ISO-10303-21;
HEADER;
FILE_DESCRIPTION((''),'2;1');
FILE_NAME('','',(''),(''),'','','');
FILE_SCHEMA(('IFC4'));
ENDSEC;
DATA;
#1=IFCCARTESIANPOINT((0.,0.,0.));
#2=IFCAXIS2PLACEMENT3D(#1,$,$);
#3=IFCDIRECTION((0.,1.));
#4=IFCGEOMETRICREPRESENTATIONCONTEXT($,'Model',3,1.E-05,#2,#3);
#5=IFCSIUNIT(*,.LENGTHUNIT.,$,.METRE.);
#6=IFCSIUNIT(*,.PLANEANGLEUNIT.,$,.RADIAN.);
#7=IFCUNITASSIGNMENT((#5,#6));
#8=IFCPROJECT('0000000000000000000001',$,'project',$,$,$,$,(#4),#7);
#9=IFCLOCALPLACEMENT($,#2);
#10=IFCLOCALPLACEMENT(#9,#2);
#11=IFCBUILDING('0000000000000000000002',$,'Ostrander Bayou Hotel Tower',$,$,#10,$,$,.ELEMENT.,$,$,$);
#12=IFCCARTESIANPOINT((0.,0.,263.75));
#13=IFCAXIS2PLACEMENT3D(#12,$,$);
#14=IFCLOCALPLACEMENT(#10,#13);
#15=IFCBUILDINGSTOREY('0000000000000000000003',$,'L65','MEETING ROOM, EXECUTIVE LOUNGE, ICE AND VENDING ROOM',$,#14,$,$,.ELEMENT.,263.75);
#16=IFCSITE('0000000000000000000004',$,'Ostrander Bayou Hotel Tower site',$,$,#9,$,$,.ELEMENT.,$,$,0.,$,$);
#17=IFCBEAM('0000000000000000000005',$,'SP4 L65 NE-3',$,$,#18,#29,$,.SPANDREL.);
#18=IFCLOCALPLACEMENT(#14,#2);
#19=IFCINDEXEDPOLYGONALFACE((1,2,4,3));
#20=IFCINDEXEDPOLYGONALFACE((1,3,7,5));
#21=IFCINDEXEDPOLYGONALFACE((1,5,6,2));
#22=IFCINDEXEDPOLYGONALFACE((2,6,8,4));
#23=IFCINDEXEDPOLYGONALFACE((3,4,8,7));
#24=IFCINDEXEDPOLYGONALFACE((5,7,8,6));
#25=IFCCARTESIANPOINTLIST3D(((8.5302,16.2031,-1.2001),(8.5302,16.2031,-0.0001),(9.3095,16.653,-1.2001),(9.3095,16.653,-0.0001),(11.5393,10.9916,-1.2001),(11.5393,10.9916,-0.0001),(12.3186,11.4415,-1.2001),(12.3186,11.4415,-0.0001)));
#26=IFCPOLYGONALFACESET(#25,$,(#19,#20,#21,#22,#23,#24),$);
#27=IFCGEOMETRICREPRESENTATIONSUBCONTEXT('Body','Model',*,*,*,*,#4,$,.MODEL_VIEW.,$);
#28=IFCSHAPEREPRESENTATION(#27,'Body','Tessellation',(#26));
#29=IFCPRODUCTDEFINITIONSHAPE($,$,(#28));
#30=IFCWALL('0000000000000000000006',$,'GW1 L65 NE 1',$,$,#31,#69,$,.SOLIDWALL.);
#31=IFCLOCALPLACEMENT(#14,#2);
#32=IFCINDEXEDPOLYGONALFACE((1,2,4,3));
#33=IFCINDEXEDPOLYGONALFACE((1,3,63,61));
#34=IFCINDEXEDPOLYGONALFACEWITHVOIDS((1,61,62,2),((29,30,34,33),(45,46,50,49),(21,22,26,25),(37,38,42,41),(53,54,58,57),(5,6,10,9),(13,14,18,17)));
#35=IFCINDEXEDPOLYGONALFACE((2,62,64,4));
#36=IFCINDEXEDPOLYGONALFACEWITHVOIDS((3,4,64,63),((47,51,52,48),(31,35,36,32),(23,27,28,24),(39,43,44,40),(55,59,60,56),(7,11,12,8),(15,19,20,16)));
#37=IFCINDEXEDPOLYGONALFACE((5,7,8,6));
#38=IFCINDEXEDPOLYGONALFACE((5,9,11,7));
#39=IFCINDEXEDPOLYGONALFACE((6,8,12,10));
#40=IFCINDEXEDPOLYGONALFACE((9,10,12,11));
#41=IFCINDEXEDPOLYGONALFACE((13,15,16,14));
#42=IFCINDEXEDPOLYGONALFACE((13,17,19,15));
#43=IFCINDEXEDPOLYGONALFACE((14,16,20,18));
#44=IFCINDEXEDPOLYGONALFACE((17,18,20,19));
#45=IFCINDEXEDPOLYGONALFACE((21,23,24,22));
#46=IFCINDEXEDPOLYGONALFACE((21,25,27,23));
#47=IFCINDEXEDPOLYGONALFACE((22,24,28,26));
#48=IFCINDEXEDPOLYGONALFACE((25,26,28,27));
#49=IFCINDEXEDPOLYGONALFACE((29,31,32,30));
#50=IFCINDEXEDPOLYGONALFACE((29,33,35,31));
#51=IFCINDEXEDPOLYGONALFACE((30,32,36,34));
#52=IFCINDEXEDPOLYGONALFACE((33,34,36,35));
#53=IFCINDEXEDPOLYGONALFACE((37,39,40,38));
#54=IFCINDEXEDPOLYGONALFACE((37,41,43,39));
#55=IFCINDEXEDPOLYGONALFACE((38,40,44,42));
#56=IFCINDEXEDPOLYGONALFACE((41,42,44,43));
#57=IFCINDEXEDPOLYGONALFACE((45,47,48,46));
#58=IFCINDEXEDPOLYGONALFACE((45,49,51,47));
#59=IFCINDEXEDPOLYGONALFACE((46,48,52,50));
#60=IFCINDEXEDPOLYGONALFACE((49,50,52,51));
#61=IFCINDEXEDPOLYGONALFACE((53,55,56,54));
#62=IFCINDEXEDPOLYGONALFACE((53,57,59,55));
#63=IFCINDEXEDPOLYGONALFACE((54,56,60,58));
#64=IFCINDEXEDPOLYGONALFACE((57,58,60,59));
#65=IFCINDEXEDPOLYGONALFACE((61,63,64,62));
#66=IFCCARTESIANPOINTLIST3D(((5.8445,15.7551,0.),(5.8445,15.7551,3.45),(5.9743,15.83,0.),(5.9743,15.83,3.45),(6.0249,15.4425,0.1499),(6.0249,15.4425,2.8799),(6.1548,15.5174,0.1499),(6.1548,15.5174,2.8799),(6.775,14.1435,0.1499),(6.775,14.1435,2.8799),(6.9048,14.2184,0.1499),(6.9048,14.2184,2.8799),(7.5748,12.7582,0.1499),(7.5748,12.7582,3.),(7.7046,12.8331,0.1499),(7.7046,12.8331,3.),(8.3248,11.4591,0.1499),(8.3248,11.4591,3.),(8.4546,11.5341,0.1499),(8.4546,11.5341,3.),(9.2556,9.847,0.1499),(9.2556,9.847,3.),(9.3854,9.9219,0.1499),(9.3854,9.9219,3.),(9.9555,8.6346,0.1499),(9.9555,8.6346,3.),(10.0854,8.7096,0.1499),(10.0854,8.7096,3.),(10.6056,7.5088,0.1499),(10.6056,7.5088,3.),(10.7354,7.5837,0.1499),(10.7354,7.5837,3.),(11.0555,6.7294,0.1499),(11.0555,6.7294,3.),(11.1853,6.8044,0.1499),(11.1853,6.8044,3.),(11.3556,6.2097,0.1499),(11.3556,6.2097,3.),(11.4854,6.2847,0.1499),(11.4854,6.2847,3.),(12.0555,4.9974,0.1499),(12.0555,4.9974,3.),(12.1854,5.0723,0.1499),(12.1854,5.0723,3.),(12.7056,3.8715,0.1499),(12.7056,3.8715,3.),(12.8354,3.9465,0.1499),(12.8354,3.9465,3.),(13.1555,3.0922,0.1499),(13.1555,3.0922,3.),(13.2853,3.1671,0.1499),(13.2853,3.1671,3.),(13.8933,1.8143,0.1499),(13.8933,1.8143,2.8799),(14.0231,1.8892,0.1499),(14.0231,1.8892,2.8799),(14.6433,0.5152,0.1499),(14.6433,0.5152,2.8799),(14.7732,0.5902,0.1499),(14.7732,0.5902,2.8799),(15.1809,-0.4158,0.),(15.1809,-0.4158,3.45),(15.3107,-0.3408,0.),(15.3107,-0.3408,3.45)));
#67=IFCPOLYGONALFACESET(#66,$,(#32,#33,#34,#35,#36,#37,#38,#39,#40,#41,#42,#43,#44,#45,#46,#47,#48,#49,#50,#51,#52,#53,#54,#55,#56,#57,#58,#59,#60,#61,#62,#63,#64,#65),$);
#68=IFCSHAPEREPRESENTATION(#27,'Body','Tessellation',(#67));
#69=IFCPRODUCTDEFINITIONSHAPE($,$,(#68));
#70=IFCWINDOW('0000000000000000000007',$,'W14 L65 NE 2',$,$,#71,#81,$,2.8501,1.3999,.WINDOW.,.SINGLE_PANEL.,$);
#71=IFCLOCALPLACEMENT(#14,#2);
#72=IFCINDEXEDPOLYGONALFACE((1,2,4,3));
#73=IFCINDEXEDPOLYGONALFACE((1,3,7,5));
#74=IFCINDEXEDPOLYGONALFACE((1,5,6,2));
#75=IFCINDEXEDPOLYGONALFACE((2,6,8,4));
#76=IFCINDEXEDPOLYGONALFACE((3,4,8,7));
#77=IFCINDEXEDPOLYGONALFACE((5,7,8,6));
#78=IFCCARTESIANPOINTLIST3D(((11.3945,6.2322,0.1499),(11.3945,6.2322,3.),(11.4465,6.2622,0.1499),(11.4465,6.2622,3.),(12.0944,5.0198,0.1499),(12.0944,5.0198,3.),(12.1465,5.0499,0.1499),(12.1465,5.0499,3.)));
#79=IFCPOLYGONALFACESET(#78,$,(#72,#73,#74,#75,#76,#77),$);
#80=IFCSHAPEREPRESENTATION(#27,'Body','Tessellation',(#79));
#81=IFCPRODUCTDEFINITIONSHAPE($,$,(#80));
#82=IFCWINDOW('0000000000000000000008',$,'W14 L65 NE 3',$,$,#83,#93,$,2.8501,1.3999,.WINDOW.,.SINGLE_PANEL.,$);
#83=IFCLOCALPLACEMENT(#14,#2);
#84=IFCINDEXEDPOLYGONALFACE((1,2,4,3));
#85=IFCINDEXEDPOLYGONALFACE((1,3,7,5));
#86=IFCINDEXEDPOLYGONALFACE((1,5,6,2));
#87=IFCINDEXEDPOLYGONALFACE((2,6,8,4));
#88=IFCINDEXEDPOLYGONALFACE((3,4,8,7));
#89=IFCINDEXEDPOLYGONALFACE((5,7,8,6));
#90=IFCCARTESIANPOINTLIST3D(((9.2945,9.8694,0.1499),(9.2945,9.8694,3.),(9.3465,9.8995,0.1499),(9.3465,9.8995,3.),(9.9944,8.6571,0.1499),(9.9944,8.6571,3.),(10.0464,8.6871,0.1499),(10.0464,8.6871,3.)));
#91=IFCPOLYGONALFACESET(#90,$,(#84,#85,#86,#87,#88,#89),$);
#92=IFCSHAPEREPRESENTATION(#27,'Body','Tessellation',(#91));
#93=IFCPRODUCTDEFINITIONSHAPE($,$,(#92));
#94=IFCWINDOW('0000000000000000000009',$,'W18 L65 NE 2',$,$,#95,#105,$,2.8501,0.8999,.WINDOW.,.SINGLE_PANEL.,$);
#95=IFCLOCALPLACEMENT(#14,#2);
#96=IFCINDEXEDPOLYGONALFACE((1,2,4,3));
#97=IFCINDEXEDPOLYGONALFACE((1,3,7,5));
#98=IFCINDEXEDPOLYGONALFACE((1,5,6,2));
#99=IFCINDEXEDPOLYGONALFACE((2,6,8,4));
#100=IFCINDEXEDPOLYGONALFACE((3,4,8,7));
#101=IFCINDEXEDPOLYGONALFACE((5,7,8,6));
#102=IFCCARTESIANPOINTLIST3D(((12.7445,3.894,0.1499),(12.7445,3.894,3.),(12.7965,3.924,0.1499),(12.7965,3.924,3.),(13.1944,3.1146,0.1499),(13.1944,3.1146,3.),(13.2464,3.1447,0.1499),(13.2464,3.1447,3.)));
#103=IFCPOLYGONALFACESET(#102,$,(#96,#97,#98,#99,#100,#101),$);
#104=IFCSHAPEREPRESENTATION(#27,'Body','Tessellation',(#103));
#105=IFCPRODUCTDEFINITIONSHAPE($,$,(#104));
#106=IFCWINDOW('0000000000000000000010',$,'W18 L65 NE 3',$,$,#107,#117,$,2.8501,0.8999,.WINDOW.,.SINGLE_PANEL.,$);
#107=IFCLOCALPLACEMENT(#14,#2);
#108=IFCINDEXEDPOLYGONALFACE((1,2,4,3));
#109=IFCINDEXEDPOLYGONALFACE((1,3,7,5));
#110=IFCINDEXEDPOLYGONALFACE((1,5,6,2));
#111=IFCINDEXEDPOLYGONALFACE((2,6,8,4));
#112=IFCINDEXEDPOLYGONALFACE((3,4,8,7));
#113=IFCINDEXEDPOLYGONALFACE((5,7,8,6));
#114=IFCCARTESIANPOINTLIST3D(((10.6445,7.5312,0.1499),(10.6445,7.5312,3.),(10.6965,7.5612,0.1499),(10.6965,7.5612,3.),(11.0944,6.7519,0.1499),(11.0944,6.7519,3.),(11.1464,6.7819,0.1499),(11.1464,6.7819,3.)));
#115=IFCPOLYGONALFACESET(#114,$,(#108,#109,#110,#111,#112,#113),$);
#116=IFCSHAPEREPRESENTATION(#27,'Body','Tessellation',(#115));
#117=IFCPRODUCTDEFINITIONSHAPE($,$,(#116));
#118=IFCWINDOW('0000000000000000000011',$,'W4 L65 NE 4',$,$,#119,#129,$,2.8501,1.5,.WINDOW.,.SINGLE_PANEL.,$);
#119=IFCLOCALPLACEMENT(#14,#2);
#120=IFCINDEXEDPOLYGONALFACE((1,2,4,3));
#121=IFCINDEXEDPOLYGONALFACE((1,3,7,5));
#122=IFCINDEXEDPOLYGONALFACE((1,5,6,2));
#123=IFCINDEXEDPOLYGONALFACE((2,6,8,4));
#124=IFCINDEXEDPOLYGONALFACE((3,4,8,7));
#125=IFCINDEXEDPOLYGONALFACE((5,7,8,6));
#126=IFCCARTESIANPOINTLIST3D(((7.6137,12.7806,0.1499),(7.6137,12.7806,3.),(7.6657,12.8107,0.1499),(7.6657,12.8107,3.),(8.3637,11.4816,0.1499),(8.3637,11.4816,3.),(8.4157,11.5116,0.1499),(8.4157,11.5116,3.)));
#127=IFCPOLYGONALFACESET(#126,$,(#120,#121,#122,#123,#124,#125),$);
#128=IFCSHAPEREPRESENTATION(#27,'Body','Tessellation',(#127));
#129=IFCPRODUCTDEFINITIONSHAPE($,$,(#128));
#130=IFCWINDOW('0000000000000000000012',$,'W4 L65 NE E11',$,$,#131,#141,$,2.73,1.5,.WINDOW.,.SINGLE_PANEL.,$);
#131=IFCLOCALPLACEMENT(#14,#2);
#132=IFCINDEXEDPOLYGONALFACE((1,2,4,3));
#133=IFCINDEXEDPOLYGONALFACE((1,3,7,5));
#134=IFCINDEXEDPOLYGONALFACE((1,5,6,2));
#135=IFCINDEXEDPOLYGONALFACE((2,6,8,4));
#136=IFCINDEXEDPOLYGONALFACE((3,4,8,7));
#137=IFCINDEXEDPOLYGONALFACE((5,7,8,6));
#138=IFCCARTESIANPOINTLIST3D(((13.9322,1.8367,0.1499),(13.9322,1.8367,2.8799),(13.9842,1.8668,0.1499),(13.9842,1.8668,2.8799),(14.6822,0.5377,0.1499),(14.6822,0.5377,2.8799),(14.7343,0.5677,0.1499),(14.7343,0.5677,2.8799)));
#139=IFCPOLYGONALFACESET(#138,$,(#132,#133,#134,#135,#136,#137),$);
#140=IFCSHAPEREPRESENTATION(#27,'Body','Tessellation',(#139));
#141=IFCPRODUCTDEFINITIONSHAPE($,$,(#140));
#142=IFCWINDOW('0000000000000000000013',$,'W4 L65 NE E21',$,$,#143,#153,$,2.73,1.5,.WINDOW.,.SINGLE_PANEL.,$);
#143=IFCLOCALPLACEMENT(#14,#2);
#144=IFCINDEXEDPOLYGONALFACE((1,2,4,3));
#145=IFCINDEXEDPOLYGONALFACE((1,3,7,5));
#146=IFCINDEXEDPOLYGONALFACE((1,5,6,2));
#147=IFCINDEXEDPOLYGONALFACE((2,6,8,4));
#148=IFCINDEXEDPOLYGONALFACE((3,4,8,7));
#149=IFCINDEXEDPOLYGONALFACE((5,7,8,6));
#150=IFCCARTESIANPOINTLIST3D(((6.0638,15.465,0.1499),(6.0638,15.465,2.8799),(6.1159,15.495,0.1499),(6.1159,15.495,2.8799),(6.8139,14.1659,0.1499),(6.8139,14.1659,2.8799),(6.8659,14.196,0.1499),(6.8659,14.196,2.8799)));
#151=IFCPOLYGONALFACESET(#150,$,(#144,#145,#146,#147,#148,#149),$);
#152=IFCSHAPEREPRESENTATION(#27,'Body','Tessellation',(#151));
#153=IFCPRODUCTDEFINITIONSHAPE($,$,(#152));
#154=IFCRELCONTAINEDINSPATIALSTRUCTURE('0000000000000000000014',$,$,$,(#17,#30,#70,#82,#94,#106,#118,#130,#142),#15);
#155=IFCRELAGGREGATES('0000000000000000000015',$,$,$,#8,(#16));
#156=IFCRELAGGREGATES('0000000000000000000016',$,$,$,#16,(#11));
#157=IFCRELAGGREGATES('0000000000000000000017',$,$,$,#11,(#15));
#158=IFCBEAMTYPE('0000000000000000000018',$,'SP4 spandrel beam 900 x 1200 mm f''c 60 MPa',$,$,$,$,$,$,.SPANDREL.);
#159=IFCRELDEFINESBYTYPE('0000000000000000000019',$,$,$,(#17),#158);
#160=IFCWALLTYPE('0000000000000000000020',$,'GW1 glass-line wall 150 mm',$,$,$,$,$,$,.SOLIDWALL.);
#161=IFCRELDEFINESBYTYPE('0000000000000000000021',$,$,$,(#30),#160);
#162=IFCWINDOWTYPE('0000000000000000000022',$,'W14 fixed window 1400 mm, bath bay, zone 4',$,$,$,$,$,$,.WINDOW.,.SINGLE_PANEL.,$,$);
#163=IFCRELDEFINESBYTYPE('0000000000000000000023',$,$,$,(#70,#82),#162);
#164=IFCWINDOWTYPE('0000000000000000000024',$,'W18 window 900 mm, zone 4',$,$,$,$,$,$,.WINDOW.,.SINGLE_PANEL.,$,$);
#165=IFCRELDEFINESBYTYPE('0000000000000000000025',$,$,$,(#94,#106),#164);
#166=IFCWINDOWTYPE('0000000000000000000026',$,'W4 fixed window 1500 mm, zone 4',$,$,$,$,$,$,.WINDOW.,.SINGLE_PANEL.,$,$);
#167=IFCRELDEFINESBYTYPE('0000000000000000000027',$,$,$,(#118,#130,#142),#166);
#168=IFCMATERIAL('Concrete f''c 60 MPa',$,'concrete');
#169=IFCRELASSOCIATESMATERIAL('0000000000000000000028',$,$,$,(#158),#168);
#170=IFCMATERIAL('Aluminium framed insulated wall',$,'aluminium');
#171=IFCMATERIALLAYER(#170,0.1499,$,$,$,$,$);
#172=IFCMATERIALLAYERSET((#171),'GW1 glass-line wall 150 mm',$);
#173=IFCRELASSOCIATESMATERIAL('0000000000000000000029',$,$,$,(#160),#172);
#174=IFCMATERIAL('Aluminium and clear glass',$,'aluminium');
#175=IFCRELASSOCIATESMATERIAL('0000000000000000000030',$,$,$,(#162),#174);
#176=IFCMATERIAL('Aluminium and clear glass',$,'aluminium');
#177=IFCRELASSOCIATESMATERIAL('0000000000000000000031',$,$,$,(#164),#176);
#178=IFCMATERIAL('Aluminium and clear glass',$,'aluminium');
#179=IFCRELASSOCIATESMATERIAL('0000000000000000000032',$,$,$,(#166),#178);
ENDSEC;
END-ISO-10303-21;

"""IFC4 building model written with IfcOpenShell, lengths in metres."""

from ifc_helpers import new_model, si_unit, direction, frame, frame_2d, origin, origin_2d, place, context, subcontext, project, spatial, rectangle, extrude, material, layer, layer_set, material_profile, profile_set, type_object, element, fill, save


model = new_model("IFC4")

# Units and contexts
model_context = context("Model", 3, precision=1e-05, world=origin(), true_north=direction((0.0, 1.0)))
body_context = subcontext(model_context, "Body", "Model", "MODEL_VIEW")
ifc_project = project(units=[si_unit("LENGTHUNIT", "METRE"), si_unit("PLANEANGLEUNIT", "RADIAN")], contexts=[model_context])

# Site, building, storey
site_placement = place(None, origin())
site = spatial("IfcSite", under=ifc_project, at=site_placement, Name="Ostrander Bayou Hotel Tower site", CompositionType="ELEMENT", RefElevation=0.0)
building_placement = place(site_placement, origin())
building = spatial("IfcBuilding", under=site, at=building_placement, Name="Ostrander Bayou Hotel Tower", CompositionType="ELEMENT")
storey_placement = place(building_placement, frame((0.0, 0.0, 263.75)))
storey = spatial("IfcBuildingStorey", under=building, at=storey_placement, Name="L65", Description="MEETING ROOM, EXECUTIVE LOUNGE, ICE AND VENDING ROOM", CompositionType="ELEMENT", Elevation=263.75)

# Beam
ifc_material_1 = material(Name="Concrete f'c 60 MPa", Category="concrete")
ifc_material_profile_1 = material_profile(ifc_material_1, rectangle(XDim=0.8999, YDim=1.2, at=origin_2d()))
ifc_profile_set_1 = profile_set([ifc_material_profile_1], Name="Concrete f'c 60 MPa")
beam_type_1 = type_object("IfcBeamType", Name="SP4 spandrel beam 900 x 1200 mm f'c 60 MPa", PredefinedType="SPANDREL", material=ifc_profile_set_1)
beam_1_placement = place(storey_placement, frame((11.929, 11.2166, -0.6001), z_axis=(-0.500027, 0.86601, 0.0), x_axis=(-0.86601, -0.500027, 0.0)))
element("IfcBeam", 1, at=beam_1_placement, inside=storey, type_object=beam_type_1, Name="SP4 L65 NE-3", PredefinedType="SPANDREL", context=body_context, shape_type="SweptSolid", body=[
    extrude(rectangle(XDim=0.8999, YDim=1.2, at=origin_2d()), origin(), (0.0, 0.0, 1.0), 6.0178),
])

# Wall, openings, windows
ifc_material_2 = material(Name="Aluminium framed insulated wall", Category="aluminium")
ifc_layer_1 = layer(ifc_material_2, 0.1499)
ifc_layer_set_1 = layer_set([ifc_layer_1], Name="GW1 glass-line wall 150 mm")
wall_type_1 = type_object("IfcWallType", Name="GW1 glass-line wall 150 mm", PredefinedType="SOLIDWALL", material=ifc_layer_set_1)
wall_1_placement = place(storey_placement, frame((15.2458, -0.3784, 0.0), z_axis=(0.0, 0.0, 1.0), x_axis=(-0.500006, 0.866022, 0.0)))
wall_1 = element("IfcWall", 2, at=wall_1_placement, inside=storey, type_object=wall_type_1, Name="GW1 L65 NE 1", PredefinedType="SOLIDWALL", context=body_context, shape_type="SweptSolid", body=[
    extrude(rectangle(XDim=18.6726, YDim=0.1499, at=frame_2d((9.3364, 0.0))), origin(), (0.0, 0.0, 1.0), 3.45),
])
opening_1_placement = place(wall_1_placement, frame((4.0508, 0.0, 0.1499)))
opening_1 = element("IfcOpeningElement", 3, at=opening_1_placement, cuts=wall_1, PredefinedType="OPENING", context=body_context, shape_type="SweptSolid", body=[
    extrude(rectangle(XDim=0.8999, YDim=2.8501, at=frame_2d((0.45, 1.425))), frame((0.0, 0.075, 0.0), z_axis=(0.0, -1.0, 0.0), x_axis=(1.0, 0.0, 0.0)), (0.0, 0.0, 1.0), 0.1499),
])
opening_2_placement = place(wall_1_placement, frame((6.2507, 0.0, 0.1499)))
opening_2 = element("IfcOpeningElement", 4, at=opening_2_placement, cuts=wall_1, PredefinedType="OPENING", context=body_context, shape_type="SweptSolid", body=[
    extrude(rectangle(XDim=1.3999, YDim=2.8501, at=frame_2d((0.7, 1.425))), frame((0.0, 0.075, 0.0), z_axis=(0.0, -1.0, 0.0), x_axis=(1.0, 0.0, 0.0)), (0.0, 0.0, 1.0), 0.1499),
])
opening_3_placement = place(wall_1_placement, frame((8.2507, 0.0, 0.1499)))
opening_3 = element("IfcOpeningElement", 5, at=opening_3_placement, cuts=wall_1, PredefinedType="OPENING", context=body_context, shape_type="SweptSolid", body=[
    extrude(rectangle(XDim=0.8999, YDim=2.8501, at=frame_2d((0.45, 1.425))), frame((0.0, 0.075, 0.0), z_axis=(0.0, -1.0, 0.0), x_axis=(1.0, 0.0, 0.0)), (0.0, 0.0, 1.0), 0.1499),
])
opening_4_placement = place(wall_1_placement, frame((10.4507, 0.0, 0.1499)))
opening_4 = element("IfcOpeningElement", 6, at=opening_4_placement, cuts=wall_1, PredefinedType="OPENING", context=body_context, shape_type="SweptSolid", body=[
    extrude(rectangle(XDim=1.3999, YDim=2.8501, at=frame_2d((0.7, 1.425))), frame((0.0, 0.075, 0.0), z_axis=(0.0, -1.0, 0.0), x_axis=(1.0, 0.0, 0.0)), (0.0, 0.0, 1.0), 0.1499),
])
opening_5_placement = place(wall_1_placement, frame((13.7122, 0.0, 0.1499)))
opening_5 = element("IfcOpeningElement", 7, at=opening_5_placement, cuts=wall_1, PredefinedType="OPENING", context=body_context, shape_type="SweptSolid", body=[
    extrude(rectangle(XDim=1.5, YDim=2.8501, at=frame_2d((0.75, 1.425))), frame((0.0, 0.075, 0.0), z_axis=(0.0, -1.0, 0.0), x_axis=(1.0, 0.0, 0.0)), (0.0, 0.0, 1.0), 0.1499),
])
opening_6_placement = place(wall_1_placement, frame((1.0752, 0.0, 0.1499)))
opening_6 = element("IfcOpeningElement", 8, at=opening_6_placement, cuts=wall_1, PredefinedType="OPENING", context=body_context, shape_type="SweptSolid", body=[
    extrude(rectangle(XDim=1.5, YDim=2.73, at=frame_2d((0.75, 1.365))), frame((0.0, 0.075, 0.0), z_axis=(0.0, -1.0, 0.0), x_axis=(1.0, 0.0, 0.0)), (0.0, 0.0, 1.0), 0.1499),
])
opening_7_placement = place(wall_1_placement, frame((16.8118, 0.0, 0.1499)))
opening_7 = element("IfcOpeningElement", 9, at=opening_7_placement, cuts=wall_1, PredefinedType="OPENING", context=body_context, shape_type="SweptSolid", body=[
    extrude(rectangle(XDim=1.5, YDim=2.73, at=frame_2d((0.75, 1.365))), frame((0.0, 0.075, 0.0), z_axis=(0.0, -1.0, 0.0), x_axis=(1.0, 0.0, 0.0)), (0.0, 0.0, 1.0), 0.1499),
])
ifc_material_3 = material(Name="Aluminium and clear glass", Category="aluminium")
window_type_1 = type_object("IfcWindowType", Name="W14 fixed window 1400 mm, bath bay, zone 4", PartitioningType="SINGLE_PANEL", PredefinedType="WINDOW", material=ifc_material_3)
window_1_placement = place(opening_2_placement, origin())
window_1 = element("IfcWindow", 10, at=window_1_placement, inside=storey, type_object=window_type_1, Name="W14 L65 NE 2", OverallHeight=2.8501, OverallWidth=1.3999, PartitioningType="SINGLE_PANEL", PredefinedType="WINDOW", context=body_context, shape_type="SweptSolid", body=[
    extrude(rectangle(XDim=1.3999, YDim=2.8501, at=frame_2d((0.7, 1.425))), frame((0.0, 0.03, 0.0), z_axis=(0.0, -1.0, 0.0), x_axis=(1.0, 0.0, 0.0)), (0.0, 0.0, 1.0), 0.0601),
])
fill(opening_2, window_1)
window_2_placement = place(opening_4_placement, origin())
window_2 = element("IfcWindow", 11, at=window_2_placement, inside=storey, type_object=window_type_1, Name="W14 L65 NE 3", OverallHeight=2.8501, OverallWidth=1.3999, PartitioningType="SINGLE_PANEL", PredefinedType="WINDOW", context=body_context, shape_type="SweptSolid", body=[
    extrude(rectangle(XDim=1.3999, YDim=2.8501, at=frame_2d((0.7, 1.425))), frame((0.0, 0.03, 0.0), z_axis=(0.0, -1.0, 0.0), x_axis=(1.0, 0.0, 0.0)), (0.0, 0.0, 1.0), 0.0601),
])
fill(opening_4, window_2)
ifc_material_4 = material(Name="Aluminium and clear glass", Category="aluminium")
window_type_2 = type_object("IfcWindowType", Name="W18 window 900 mm, zone 4", PartitioningType="SINGLE_PANEL", PredefinedType="WINDOW", material=ifc_material_4)
window_3_placement = place(opening_1_placement, origin())
window_3 = element("IfcWindow", 12, at=window_3_placement, inside=storey, type_object=window_type_2, Name="W18 L65 NE 2", OverallHeight=2.8501, OverallWidth=0.8999, PartitioningType="SINGLE_PANEL", PredefinedType="WINDOW", context=body_context, shape_type="SweptSolid", body=[
    extrude(rectangle(XDim=0.8999, YDim=2.8501, at=frame_2d((0.45, 1.425))), frame((0.0, 0.03, 0.0), z_axis=(0.0, -1.0, 0.0), x_axis=(1.0, 0.0, 0.0)), (0.0, 0.0, 1.0), 0.0601),
])
fill(opening_1, window_3)
window_4_placement = place(opening_3_placement, origin())
window_4 = element("IfcWindow", 13, at=window_4_placement, inside=storey, type_object=window_type_2, Name="W18 L65 NE 3", OverallHeight=2.8501, OverallWidth=0.8999, PartitioningType="SINGLE_PANEL", PredefinedType="WINDOW", context=body_context, shape_type="SweptSolid", body=[
    extrude(rectangle(XDim=0.8999, YDim=2.8501, at=frame_2d((0.45, 1.425))), frame((0.0, 0.03, 0.0), z_axis=(0.0, -1.0, 0.0), x_axis=(1.0, 0.0, 0.0)), (0.0, 0.0, 1.0), 0.0601),
])
fill(opening_3, window_4)
ifc_material_5 = material(Name="Aluminium and clear glass", Category="aluminium")
window_type_3 = type_object("IfcWindowType", Name="W4 fixed window 1500 mm, zone 4", PartitioningType="SINGLE_PANEL", PredefinedType="WINDOW", material=ifc_material_5)
window_5_placement = place(opening_5_placement, origin())
window_5 = element("IfcWindow", 14, at=window_5_placement, inside=storey, type_object=window_type_3, Name="W4 L65 NE 4", OverallHeight=2.8501, OverallWidth=1.5, PartitioningType="SINGLE_PANEL", PredefinedType="WINDOW", context=body_context, shape_type="SweptSolid", body=[
    extrude(rectangle(XDim=1.5, YDim=2.8501, at=frame_2d((0.75, 1.425))), frame((0.0, 0.03, 0.0), z_axis=(0.0, -1.0, 0.0), x_axis=(1.0, 0.0, 0.0)), (0.0, 0.0, 1.0), 0.0601),
])
fill(opening_5, window_5)
window_6_placement = place(opening_6_placement, origin())
window_6 = element("IfcWindow", 15, at=window_6_placement, inside=storey, type_object=window_type_3, Name="W4 L65 NE E11", OverallHeight=2.73, OverallWidth=1.5, PartitioningType="SINGLE_PANEL", PredefinedType="WINDOW", context=body_context, shape_type="SweptSolid", body=[
    extrude(rectangle(XDim=1.5, YDim=2.73, at=frame_2d((0.75, 1.365))), frame((0.0, 0.03, 0.0), z_axis=(0.0, -1.0, 0.0), x_axis=(1.0, 0.0, 0.0)), (0.0, 0.0, 1.0), 0.0601),
])
fill(opening_6, window_6)
window_7_placement = place(opening_7_placement, origin())
window_7 = element("IfcWindow", 16, at=window_7_placement, inside=storey, type_object=window_type_3, Name="W4 L65 NE E21", OverallHeight=2.73, OverallWidth=1.5, PartitioningType="SINGLE_PANEL", PredefinedType="WINDOW", context=body_context, shape_type="SweptSolid", body=[
    extrude(rectangle(XDim=1.5, YDim=2.73, at=frame_2d((0.75, 1.365))), frame((0.0, 0.03, 0.0), z_axis=(0.0, -1.0, 0.0), x_axis=(1.0, 0.0, 0.0)), (0.0, 0.0, 1.0), 0.0601),
])
fill(opening_7, window_7)

save(model, "model.ifc")
